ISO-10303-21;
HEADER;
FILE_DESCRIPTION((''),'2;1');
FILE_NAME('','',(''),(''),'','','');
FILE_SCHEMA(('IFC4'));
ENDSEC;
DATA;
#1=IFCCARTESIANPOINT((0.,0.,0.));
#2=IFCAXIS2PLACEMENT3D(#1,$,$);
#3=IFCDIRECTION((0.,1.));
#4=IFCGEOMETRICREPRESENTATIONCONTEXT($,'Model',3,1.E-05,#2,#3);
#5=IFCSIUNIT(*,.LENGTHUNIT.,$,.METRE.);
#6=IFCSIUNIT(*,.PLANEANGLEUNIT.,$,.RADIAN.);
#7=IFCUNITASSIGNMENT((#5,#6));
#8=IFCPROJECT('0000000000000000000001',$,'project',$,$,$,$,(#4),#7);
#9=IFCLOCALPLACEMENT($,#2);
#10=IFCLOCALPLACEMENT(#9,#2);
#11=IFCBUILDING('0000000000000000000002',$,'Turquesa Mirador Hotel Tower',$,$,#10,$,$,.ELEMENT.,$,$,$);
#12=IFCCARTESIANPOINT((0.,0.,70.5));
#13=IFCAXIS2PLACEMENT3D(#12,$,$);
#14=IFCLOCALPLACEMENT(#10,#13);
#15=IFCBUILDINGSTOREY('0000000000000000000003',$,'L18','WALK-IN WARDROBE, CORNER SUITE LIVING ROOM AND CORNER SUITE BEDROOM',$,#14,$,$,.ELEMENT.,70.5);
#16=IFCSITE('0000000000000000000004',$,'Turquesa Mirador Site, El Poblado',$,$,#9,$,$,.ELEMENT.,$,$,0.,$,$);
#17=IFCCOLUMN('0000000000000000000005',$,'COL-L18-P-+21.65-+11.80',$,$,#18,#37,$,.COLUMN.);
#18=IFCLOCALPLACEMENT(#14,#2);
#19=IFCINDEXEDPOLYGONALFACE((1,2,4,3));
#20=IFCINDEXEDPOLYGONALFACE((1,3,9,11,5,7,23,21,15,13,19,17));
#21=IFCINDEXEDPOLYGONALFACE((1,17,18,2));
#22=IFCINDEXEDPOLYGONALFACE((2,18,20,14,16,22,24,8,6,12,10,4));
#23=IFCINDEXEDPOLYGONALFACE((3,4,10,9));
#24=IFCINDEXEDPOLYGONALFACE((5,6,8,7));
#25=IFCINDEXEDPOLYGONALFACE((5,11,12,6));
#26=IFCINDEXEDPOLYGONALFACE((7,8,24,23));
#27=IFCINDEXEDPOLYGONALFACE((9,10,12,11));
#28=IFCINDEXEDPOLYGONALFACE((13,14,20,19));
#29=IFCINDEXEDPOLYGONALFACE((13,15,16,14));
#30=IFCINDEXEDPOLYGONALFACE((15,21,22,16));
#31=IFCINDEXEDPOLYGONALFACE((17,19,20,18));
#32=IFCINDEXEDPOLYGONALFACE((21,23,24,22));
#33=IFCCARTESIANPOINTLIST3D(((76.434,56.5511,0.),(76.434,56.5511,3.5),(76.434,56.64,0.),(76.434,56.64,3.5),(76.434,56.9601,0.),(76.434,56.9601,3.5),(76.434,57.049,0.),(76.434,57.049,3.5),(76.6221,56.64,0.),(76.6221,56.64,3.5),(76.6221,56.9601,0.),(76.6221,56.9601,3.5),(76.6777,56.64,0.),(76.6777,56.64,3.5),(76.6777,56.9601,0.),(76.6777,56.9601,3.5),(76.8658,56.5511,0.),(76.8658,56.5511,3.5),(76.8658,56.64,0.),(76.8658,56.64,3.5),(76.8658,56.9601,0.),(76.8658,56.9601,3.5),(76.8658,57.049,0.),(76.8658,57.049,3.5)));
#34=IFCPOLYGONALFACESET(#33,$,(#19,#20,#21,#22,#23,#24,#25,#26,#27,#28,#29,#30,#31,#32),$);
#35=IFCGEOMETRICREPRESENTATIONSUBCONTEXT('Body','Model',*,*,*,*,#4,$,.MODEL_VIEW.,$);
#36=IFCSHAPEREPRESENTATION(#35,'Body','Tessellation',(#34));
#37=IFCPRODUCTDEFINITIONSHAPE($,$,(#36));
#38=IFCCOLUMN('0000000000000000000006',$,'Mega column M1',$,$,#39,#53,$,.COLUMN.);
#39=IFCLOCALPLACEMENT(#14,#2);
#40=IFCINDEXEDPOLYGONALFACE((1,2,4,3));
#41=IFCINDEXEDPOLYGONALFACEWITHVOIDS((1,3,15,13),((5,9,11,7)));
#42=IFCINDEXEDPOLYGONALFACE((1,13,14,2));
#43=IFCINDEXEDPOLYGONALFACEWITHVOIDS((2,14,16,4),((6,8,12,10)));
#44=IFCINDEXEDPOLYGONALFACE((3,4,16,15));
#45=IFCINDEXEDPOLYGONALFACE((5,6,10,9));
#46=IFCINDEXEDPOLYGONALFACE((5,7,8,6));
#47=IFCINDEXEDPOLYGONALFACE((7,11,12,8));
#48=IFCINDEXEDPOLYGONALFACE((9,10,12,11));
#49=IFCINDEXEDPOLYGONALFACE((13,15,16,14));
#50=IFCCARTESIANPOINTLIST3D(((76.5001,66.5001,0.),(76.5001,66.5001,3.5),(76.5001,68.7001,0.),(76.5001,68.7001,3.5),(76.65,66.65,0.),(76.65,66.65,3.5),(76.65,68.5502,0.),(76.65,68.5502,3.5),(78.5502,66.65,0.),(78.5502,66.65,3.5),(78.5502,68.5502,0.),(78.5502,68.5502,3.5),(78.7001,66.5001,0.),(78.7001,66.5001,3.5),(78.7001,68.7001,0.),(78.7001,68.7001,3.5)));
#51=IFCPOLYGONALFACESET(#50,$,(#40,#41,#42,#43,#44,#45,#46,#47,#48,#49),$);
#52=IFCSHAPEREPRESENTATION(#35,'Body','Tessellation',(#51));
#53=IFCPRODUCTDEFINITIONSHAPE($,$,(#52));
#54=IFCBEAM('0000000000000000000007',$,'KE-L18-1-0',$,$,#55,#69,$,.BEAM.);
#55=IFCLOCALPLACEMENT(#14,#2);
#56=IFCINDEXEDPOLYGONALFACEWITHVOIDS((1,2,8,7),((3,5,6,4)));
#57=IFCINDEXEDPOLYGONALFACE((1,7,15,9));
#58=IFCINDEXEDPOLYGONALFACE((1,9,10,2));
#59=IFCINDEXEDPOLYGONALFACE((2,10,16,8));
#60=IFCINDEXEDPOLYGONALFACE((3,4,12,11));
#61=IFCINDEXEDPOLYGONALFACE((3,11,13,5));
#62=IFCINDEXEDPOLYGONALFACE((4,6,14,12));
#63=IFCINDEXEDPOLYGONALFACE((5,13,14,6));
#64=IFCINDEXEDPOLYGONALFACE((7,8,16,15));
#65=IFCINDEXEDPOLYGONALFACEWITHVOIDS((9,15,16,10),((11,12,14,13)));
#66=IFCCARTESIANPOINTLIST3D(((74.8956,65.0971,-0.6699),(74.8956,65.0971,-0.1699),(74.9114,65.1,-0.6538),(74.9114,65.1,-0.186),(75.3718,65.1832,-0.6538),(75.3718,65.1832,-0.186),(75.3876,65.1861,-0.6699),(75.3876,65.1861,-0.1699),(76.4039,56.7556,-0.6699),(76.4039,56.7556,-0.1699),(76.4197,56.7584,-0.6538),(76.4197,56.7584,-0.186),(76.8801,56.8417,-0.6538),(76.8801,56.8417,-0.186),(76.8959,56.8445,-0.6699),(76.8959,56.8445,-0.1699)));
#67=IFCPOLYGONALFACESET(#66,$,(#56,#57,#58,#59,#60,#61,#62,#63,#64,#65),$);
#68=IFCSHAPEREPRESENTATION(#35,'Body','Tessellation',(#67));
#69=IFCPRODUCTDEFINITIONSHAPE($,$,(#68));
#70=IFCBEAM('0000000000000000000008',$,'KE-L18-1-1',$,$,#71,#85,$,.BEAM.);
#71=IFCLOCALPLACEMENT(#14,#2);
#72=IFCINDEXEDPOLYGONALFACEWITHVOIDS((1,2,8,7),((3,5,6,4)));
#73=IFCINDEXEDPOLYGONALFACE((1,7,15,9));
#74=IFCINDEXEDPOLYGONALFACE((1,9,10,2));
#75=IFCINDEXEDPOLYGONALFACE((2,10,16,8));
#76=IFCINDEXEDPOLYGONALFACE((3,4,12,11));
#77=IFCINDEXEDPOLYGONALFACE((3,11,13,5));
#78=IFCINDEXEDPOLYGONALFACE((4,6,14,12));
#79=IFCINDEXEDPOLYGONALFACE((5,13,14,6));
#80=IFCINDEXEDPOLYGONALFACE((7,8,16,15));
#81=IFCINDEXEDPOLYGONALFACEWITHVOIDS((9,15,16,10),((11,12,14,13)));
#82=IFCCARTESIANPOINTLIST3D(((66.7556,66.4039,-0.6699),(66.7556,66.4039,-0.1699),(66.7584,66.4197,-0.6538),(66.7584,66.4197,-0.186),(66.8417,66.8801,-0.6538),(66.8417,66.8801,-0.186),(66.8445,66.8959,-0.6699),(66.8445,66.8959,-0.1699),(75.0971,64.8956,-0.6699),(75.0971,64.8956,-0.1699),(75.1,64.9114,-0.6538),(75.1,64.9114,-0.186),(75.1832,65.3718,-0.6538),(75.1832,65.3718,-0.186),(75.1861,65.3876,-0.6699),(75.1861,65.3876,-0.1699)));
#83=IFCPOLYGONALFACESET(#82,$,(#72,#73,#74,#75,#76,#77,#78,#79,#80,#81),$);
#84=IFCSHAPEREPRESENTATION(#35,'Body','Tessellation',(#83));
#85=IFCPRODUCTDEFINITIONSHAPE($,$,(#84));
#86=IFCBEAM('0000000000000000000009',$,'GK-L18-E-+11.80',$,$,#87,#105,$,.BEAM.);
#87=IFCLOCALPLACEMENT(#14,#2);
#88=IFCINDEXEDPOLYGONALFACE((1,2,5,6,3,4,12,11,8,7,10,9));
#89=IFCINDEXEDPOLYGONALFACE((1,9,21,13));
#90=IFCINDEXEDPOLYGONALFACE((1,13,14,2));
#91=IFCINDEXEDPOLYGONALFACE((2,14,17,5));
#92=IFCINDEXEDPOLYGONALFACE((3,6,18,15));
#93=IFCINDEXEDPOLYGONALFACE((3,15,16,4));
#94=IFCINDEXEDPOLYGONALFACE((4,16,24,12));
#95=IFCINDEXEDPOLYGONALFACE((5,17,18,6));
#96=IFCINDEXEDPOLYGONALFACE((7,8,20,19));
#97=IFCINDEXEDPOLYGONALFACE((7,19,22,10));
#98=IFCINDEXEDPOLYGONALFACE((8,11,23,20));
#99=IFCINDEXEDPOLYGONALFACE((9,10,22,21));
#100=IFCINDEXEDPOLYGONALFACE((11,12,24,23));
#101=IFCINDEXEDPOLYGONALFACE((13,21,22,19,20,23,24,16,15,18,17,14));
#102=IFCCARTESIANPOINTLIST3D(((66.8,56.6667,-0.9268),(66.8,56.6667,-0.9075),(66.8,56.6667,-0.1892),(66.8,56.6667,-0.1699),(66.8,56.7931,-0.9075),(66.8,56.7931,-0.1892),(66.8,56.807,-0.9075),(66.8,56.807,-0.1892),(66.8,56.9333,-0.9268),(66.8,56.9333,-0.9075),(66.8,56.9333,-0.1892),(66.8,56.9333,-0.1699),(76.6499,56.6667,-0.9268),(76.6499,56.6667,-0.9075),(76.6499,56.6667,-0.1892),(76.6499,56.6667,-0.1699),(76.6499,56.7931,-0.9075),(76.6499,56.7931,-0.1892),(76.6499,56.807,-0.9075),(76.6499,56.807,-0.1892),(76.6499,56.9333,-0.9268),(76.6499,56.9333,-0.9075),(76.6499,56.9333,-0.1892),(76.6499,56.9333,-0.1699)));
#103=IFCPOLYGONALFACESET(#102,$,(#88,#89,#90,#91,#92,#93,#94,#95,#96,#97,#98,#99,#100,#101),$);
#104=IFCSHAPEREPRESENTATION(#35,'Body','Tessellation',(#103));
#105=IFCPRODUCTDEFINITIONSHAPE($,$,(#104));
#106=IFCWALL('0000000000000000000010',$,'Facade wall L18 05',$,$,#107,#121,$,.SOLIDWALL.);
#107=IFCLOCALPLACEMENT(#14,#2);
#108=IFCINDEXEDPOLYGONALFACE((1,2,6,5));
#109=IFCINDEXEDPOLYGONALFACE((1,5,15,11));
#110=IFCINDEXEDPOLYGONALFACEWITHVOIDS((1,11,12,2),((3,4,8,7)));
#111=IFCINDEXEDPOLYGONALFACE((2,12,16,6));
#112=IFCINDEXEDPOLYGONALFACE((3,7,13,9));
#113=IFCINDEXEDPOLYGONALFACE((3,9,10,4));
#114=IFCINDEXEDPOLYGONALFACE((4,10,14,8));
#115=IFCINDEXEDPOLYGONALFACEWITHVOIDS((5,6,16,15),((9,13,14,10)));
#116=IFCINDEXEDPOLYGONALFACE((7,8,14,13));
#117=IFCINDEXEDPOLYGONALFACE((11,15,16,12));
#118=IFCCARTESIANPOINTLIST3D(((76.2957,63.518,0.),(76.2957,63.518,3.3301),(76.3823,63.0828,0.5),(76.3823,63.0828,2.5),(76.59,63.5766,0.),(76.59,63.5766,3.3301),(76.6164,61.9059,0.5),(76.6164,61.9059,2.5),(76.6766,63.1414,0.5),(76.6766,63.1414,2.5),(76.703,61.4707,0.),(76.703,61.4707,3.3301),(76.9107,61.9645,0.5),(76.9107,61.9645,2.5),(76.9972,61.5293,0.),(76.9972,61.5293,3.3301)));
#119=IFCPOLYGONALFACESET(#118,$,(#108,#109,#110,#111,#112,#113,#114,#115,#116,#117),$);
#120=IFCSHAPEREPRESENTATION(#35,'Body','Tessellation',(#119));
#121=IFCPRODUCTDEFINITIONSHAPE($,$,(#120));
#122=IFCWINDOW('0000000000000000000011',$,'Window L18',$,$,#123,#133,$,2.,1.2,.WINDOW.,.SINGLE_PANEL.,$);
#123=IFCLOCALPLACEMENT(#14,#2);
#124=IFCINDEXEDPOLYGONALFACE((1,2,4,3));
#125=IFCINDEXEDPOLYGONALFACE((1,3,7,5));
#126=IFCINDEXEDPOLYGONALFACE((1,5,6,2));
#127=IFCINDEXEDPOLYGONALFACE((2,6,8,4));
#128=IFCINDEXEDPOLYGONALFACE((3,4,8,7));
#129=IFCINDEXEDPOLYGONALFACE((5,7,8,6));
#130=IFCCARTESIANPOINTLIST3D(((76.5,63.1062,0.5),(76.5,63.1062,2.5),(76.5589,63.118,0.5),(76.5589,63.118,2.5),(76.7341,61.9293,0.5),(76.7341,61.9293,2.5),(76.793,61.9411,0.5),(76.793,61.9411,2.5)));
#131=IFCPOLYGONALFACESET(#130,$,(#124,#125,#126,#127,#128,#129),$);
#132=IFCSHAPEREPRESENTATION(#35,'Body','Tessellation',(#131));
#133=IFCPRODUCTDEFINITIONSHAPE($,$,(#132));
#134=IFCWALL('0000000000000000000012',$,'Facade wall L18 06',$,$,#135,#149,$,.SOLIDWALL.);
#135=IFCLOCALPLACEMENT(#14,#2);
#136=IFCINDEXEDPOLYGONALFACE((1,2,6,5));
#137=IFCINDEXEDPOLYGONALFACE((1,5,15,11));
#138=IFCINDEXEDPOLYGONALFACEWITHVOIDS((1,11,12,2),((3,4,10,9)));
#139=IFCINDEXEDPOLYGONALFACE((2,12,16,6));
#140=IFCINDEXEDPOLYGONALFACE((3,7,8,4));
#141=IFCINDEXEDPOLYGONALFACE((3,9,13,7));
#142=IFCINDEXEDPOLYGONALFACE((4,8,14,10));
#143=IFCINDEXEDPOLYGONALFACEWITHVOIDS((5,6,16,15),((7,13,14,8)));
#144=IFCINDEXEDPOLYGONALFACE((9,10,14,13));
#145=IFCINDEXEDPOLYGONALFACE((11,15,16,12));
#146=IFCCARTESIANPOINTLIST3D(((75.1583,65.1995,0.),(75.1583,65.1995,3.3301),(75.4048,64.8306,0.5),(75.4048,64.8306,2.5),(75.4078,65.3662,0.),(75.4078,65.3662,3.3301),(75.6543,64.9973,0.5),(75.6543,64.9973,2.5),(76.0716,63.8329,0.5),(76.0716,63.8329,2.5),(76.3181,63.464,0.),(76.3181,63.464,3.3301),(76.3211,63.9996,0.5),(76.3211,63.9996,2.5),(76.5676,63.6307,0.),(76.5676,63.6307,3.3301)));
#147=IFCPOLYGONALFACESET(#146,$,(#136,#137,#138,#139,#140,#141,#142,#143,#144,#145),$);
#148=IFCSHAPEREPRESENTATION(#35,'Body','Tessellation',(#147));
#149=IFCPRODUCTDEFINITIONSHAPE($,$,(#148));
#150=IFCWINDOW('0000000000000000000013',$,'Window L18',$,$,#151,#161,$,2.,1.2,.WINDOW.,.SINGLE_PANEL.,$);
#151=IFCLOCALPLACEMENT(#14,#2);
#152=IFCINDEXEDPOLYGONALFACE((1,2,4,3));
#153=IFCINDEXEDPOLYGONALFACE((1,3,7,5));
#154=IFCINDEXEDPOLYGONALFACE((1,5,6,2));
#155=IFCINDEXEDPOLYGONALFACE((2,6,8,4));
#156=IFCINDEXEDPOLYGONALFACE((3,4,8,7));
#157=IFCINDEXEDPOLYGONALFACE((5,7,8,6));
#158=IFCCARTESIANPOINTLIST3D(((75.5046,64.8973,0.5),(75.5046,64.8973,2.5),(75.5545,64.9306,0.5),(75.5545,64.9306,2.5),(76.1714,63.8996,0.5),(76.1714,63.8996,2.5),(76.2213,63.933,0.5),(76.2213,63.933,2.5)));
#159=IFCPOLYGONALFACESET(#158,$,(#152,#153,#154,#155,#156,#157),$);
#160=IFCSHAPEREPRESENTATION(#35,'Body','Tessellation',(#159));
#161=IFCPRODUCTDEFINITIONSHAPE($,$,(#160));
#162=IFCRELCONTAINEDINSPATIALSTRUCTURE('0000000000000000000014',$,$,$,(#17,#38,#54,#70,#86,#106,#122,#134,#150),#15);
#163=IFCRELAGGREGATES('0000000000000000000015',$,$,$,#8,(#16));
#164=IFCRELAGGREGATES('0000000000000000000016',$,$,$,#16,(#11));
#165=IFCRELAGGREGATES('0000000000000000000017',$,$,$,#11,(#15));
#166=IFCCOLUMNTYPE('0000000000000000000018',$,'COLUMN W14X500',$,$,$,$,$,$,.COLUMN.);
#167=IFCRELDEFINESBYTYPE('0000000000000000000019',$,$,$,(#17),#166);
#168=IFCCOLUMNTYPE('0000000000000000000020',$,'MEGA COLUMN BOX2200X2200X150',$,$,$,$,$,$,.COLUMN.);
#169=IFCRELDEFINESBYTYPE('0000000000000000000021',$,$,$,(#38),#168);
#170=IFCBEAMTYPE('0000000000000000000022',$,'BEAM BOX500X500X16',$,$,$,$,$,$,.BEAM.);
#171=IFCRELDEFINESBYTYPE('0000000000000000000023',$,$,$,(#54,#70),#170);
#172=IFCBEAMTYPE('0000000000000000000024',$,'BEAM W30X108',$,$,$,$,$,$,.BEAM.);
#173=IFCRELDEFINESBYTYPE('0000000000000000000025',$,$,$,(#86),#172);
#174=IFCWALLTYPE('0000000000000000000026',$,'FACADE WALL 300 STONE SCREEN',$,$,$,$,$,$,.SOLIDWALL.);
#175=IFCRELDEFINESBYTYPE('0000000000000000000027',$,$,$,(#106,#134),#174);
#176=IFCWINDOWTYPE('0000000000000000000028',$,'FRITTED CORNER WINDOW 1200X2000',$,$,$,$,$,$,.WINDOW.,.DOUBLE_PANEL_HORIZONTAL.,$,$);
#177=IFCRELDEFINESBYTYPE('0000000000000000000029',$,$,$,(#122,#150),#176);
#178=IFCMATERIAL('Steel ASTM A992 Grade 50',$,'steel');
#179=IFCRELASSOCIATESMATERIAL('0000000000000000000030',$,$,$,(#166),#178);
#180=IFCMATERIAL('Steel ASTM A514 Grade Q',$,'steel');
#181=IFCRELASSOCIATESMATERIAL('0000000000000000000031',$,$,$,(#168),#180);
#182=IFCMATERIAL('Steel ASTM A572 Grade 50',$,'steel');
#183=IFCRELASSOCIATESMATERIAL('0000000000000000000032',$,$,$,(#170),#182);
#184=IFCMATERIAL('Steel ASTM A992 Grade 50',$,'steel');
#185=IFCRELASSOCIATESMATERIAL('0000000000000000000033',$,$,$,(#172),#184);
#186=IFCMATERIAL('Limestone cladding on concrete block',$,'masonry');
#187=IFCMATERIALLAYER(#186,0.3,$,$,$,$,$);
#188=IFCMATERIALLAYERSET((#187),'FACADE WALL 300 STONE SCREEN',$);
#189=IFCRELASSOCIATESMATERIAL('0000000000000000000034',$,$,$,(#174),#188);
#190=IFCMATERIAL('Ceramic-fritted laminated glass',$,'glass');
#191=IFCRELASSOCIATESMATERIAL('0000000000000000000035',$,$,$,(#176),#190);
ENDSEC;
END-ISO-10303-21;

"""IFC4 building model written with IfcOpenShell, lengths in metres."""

from ifc_helpers import new_model, si_unit, direction, frame, frame_2d, origin, origin_2d, place, context, subcontext, project, spatial, rectangle, hollow_rectangle, i_section, extrude, material, layer, layer_set, material_profile, profile_set, type_object, element, fill, save


model = new_model("IFC4")

# Units and contexts
model_context = context("Model", 3, precision=1e-05, world=origin(), true_north=direction((0.0, 1.0)))
body_context = subcontext(model_context, "Body", "Model", "MODEL_VIEW")
ifc_project = project(units=[si_unit("LENGTHUNIT", "METRE"), si_unit("PLANEANGLEUNIT", "RADIAN")], contexts=[model_context])

# Site, building, storey
site_placement = place(None, origin())
site = spatial("IfcSite", under=ifc_project, at=site_placement, Name="Turquesa Mirador Site, El Poblado", CompositionType="ELEMENT", RefElevation=0.0)
building_placement = place(site_placement, origin())
building = spatial("IfcBuilding", under=site, at=building_placement, Name="Turquesa Mirador Hotel Tower", CompositionType="ELEMENT")
storey_placement = place(building_placement, frame((0.0, 0.0, 70.5)))
storey = spatial("IfcBuildingStorey", under=building, at=storey_placement, Name="L18", Description="WALK-IN WARDROBE, CORNER SUITE LIVING ROOM AND CORNER SUITE BEDROOM", CompositionType="ELEMENT", Elevation=70.5)

# Columns
ifc_material_1 = material(Name="Steel ASTM A992 Grade 50", Category="steel")
ifc_material_profile_1 = material_profile(ifc_material_1, i_section(OverallWidth=0.4319, OverallDepth=0.4978, WebThickness=0.0557, FlangeThickness=0.0889, at=origin_2d()), Name="W14X500")
ifc_profile_set_1 = profile_set([ifc_material_profile_1], Name="Steel ASTM A992 Grade 50")
column_type_1 = type_object("IfcColumnType", Name="COLUMN W14X500", PredefinedType="COLUMN", material=ifc_profile_set_1)
column_1_placement = place(storey_placement, frame((76.6499, 56.8, 0.0), z_axis=(0.0, 0.0, 1.0), x_axis=(1.0, 0.0, 0.0)))
element("IfcColumn", 1, at=column_1_placement, inside=storey, type_object=column_type_1, Name="COL-L18-P-+21.65-+11.80", PredefinedType="COLUMN", context=body_context, shape_type="SweptSolid", body=[
    extrude(i_section(OverallWidth=0.4319, OverallDepth=0.4978, WebThickness=0.0557, FlangeThickness=0.0889, at=origin_2d()), origin(), (0.0, 0.0, 1.0), 3.5),
])
ifc_material_2 = material(Name="Steel ASTM A514 Grade Q", Category="steel")
ifc_material_profile_2 = material_profile(ifc_material_2, hollow_rectangle(XDim=2.2, YDim=2.2, WallThickness=0.1499, at=origin_2d()), Name="BOX2200X2200X150")
ifc_profile_set_2 = profile_set([ifc_material_profile_2], Name="Steel ASTM A514 Grade Q")
column_type_2 = type_object("IfcColumnType", Name="MEGA COLUMN BOX2200X2200X150", PredefinedType="COLUMN", material=ifc_profile_set_2)
column_2_placement = place(storey_placement, frame((77.6001, 67.6001, 0.0), z_axis=(0.0, 0.0, 1.0), x_axis=(1.0, 0.0, 0.0)))
element("IfcColumn", 2, at=column_2_placement, inside=storey, type_object=column_type_2, Name="Mega column M1", PredefinedType="COLUMN", context=body_context, shape_type="SweptSolid", body=[
    extrude(hollow_rectangle(XDim=2.2, YDim=2.2, WallThickness=0.1499, at=origin_2d()), origin(), (0.0, 0.0, 1.0), 3.5),
])

# Beams
ifc_material_3 = material(Name="Steel ASTM A572 Grade 50", Category="steel")
ifc_material_profile_3 = material_profile(ifc_material_3, hollow_rectangle(XDim=0.5, YDim=0.5, WallThickness=0.0161, at=origin_2d()), Name="BOX500X500X16")
ifc_profile_set_3 = profile_set([ifc_material_profile_3], Name="Steel ASTM A572 Grade 50")
beam_type_1 = type_object("IfcBeamType", Name="BEAM BOX500X500X16", PredefinedType="BEAM", material=ifc_profile_set_3)
for number, where, z_axis, x_axis, name in (
    (3, (76.6499, 56.8, -0.4199), (-0.177932, 0.984043, 0.0), (-0.984043, -0.177932, 0.0), "KE-L18-1-0"),
    (4, (75.1416, 65.1416, -0.4199), (-0.984043, 0.177932, 0.0), (-0.177932, -0.984043, 0.0), "KE-L18-1-1"),
):
    element("IfcBeam", number, at=place(storey_placement, frame(where, z_axis=z_axis, x_axis=x_axis)), inside=storey, type_object=beam_type_1, Name=name, PredefinedType="BEAM", context=body_context, shape_type="SweptSolid", body=[
        extrude(hollow_rectangle(XDim=0.5, YDim=0.5, WallThickness=0.0161, at=origin_2d()), origin(), (0.0, 0.0, 1.0), 8.4768),
    ])
ifc_material_4 = material(Name="Steel ASTM A992 Grade 50", Category="steel")
ifc_material_profile_4 = material_profile(ifc_material_4, i_section(OverallWidth=0.2666, OverallDepth=0.7568, WebThickness=0.0139, FlangeThickness=0.0193, at=origin_2d()), Name="W30X108")
ifc_profile_set_4 = profile_set([ifc_material_profile_4], Name="Steel ASTM A992 Grade 50")
beam_type_2 = type_object("IfcBeamType", Name="BEAM W30X108", PredefinedType="BEAM", material=ifc_profile_set_4)
beam_placement = place(storey_placement, frame((76.6499, 56.8, -0.5483), z_axis=(-1.0, 0.0, 0.0), x_axis=(0.0, -1.0, 0.0)))
element("IfcBeam", 5, at=beam_placement, inside=storey, type_object=beam_type_2, Name="GK-L18-E-+11.80", PredefinedType="BEAM", context=body_context, shape_type="SweptSolid", body=[
    extrude(i_section(OverallWidth=0.2666, OverallDepth=0.7568, WebThickness=0.0139, FlangeThickness=0.0193, at=origin_2d()), origin(), (0.0, 0.0, 1.0), 9.8499),
])

# Walls, openings, windows
ifc_material_5 = material(Name="Limestone cladding on concrete block", Category="masonry")
ifc_layer = layer(ifc_material_5, 0.3)
ifc_layer_set = layer_set([ifc_layer], Name="FACADE WALL 300 STONE SCREEN")
wall_type = type_object("IfcWallType", Name="FACADE WALL 300 STONE SCREEN", PredefinedType="SOLIDWALL", material=ifc_layer_set)
wall_1_placement = place(storey_placement, frame((76.8501, 61.5, 0.0), z_axis=(0.0, 0.0, 1.0), x_axis=(-0.195081, 0.980787, 0.0)))
wall_1 = element("IfcWall", 6, at=wall_1_placement, inside=storey, type_object=wall_type, Name="Facade wall L18 05", PredefinedType="SOLIDWALL", context=body_context, shape_type="SweptSolid", body=[
    extrude(rectangle(XDim=2.0874, YDim=0.3, at=frame_2d((1.0437, 0.0))), origin(), (0.0, 0.0, 1.0), 3.3301),
])
opening_1_placement = place(wall_1_placement, frame((0.4436, 0.0, 0.5)))
opening_1 = element("IfcOpeningElement", 7, at=opening_1_placement, cuts=wall_1, PredefinedType="OPENING", context=body_context, shape_type="SweptSolid", body=[
    extrude(rectangle(XDim=1.2, YDim=2.0, at=frame_2d((0.6001, 1.0))), frame((0.0, 0.1599, 0.0), z_axis=(0.0, -1.0, 0.0), x_axis=(1.0, 0.0, 0.0)), (0.0, 0.0, 1.0), 0.3201),
])
ifc_material_6 = material(Name="Ceramic-fritted laminated glass", Category="glass")
window_type = type_object("IfcWindowType", Name="FRITTED CORNER WINDOW 1200X2000", PartitioningType="DOUBLE_PANEL_HORIZONTAL", PredefinedType="WINDOW", material=ifc_material_6)
window_1_placement = place(opening_1_placement, origin())
window_1 = element("IfcWindow", 8, at=window_1_placement, inside=storey, type_object=window_type, Name="Window L18", OverallHeight=2.0, OverallWidth=1.2, PartitioningType="SINGLE_PANEL", PredefinedType="WINDOW", context=body_context, shape_type="SweptSolid", body=[
    extrude(rectangle(XDim=1.2, YDim=2.0, at=frame_2d((0.6001, 1.0))), frame((0.0, 0.03, 0.0), z_axis=(0.0, -1.0, 0.0), x_axis=(1.0, 0.0, 0.0)), (0.0, 0.0, 1.0), 0.0601),
])
fill(opening_1, window_1)
wall_2_placement = place(storey_placement, frame((76.4429, 63.5474, 0.0), z_axis=(0.0, 0.0, 1.0), x_axis=(-0.555644, 0.83142, 0.0)))
wall_2 = element("IfcWall", 9, at=wall_2_placement, inside=storey, type_object=wall_type, Name="Facade wall L18 06", PredefinedType="SOLIDWALL", context=body_context, shape_type="SweptSolid", body=[
    extrude(rectangle(XDim=2.0874, YDim=0.3, at=frame_2d((1.0437, 0.0))), origin(), (0.0, 0.0, 1.0), 3.3301),
])
opening_2_placement = place(wall_2_placement, frame((0.4436, 0.0, 0.5)))
opening_2 = element("IfcOpeningElement", 10, at=opening_2_placement, cuts=wall_2, PredefinedType="OPENING", context=body_context, shape_type="SweptSolid", body=[
    extrude(rectangle(XDim=1.2, YDim=2.0, at=frame_2d((0.6001, 1.0))), frame((0.0, 0.1599, 0.0), z_axis=(0.0, -1.0, 0.0), x_axis=(1.0, 0.0, 0.0)), (0.0, 0.0, 1.0), 0.3201),
])
window_2_placement = place(opening_2_placement, origin())
window_2 = element("IfcWindow", 11, at=window_2_placement, inside=storey, type_object=window_type, Name="Window L18", OverallHeight=2.0, OverallWidth=1.2, PartitioningType="SINGLE_PANEL", PredefinedType="WINDOW", context=body_context, shape_type="SweptSolid", body=[
    extrude(rectangle(XDim=1.2, YDim=2.0, at=frame_2d((0.6001, 1.0))), frame((0.0, 0.03, 0.0), z_axis=(0.0, -1.0, 0.0), x_axis=(1.0, 0.0, 0.0)), (0.0, 0.0, 1.0), 0.0601),
])
fill(opening_2, window_2)

save(model, "model.ifc")
